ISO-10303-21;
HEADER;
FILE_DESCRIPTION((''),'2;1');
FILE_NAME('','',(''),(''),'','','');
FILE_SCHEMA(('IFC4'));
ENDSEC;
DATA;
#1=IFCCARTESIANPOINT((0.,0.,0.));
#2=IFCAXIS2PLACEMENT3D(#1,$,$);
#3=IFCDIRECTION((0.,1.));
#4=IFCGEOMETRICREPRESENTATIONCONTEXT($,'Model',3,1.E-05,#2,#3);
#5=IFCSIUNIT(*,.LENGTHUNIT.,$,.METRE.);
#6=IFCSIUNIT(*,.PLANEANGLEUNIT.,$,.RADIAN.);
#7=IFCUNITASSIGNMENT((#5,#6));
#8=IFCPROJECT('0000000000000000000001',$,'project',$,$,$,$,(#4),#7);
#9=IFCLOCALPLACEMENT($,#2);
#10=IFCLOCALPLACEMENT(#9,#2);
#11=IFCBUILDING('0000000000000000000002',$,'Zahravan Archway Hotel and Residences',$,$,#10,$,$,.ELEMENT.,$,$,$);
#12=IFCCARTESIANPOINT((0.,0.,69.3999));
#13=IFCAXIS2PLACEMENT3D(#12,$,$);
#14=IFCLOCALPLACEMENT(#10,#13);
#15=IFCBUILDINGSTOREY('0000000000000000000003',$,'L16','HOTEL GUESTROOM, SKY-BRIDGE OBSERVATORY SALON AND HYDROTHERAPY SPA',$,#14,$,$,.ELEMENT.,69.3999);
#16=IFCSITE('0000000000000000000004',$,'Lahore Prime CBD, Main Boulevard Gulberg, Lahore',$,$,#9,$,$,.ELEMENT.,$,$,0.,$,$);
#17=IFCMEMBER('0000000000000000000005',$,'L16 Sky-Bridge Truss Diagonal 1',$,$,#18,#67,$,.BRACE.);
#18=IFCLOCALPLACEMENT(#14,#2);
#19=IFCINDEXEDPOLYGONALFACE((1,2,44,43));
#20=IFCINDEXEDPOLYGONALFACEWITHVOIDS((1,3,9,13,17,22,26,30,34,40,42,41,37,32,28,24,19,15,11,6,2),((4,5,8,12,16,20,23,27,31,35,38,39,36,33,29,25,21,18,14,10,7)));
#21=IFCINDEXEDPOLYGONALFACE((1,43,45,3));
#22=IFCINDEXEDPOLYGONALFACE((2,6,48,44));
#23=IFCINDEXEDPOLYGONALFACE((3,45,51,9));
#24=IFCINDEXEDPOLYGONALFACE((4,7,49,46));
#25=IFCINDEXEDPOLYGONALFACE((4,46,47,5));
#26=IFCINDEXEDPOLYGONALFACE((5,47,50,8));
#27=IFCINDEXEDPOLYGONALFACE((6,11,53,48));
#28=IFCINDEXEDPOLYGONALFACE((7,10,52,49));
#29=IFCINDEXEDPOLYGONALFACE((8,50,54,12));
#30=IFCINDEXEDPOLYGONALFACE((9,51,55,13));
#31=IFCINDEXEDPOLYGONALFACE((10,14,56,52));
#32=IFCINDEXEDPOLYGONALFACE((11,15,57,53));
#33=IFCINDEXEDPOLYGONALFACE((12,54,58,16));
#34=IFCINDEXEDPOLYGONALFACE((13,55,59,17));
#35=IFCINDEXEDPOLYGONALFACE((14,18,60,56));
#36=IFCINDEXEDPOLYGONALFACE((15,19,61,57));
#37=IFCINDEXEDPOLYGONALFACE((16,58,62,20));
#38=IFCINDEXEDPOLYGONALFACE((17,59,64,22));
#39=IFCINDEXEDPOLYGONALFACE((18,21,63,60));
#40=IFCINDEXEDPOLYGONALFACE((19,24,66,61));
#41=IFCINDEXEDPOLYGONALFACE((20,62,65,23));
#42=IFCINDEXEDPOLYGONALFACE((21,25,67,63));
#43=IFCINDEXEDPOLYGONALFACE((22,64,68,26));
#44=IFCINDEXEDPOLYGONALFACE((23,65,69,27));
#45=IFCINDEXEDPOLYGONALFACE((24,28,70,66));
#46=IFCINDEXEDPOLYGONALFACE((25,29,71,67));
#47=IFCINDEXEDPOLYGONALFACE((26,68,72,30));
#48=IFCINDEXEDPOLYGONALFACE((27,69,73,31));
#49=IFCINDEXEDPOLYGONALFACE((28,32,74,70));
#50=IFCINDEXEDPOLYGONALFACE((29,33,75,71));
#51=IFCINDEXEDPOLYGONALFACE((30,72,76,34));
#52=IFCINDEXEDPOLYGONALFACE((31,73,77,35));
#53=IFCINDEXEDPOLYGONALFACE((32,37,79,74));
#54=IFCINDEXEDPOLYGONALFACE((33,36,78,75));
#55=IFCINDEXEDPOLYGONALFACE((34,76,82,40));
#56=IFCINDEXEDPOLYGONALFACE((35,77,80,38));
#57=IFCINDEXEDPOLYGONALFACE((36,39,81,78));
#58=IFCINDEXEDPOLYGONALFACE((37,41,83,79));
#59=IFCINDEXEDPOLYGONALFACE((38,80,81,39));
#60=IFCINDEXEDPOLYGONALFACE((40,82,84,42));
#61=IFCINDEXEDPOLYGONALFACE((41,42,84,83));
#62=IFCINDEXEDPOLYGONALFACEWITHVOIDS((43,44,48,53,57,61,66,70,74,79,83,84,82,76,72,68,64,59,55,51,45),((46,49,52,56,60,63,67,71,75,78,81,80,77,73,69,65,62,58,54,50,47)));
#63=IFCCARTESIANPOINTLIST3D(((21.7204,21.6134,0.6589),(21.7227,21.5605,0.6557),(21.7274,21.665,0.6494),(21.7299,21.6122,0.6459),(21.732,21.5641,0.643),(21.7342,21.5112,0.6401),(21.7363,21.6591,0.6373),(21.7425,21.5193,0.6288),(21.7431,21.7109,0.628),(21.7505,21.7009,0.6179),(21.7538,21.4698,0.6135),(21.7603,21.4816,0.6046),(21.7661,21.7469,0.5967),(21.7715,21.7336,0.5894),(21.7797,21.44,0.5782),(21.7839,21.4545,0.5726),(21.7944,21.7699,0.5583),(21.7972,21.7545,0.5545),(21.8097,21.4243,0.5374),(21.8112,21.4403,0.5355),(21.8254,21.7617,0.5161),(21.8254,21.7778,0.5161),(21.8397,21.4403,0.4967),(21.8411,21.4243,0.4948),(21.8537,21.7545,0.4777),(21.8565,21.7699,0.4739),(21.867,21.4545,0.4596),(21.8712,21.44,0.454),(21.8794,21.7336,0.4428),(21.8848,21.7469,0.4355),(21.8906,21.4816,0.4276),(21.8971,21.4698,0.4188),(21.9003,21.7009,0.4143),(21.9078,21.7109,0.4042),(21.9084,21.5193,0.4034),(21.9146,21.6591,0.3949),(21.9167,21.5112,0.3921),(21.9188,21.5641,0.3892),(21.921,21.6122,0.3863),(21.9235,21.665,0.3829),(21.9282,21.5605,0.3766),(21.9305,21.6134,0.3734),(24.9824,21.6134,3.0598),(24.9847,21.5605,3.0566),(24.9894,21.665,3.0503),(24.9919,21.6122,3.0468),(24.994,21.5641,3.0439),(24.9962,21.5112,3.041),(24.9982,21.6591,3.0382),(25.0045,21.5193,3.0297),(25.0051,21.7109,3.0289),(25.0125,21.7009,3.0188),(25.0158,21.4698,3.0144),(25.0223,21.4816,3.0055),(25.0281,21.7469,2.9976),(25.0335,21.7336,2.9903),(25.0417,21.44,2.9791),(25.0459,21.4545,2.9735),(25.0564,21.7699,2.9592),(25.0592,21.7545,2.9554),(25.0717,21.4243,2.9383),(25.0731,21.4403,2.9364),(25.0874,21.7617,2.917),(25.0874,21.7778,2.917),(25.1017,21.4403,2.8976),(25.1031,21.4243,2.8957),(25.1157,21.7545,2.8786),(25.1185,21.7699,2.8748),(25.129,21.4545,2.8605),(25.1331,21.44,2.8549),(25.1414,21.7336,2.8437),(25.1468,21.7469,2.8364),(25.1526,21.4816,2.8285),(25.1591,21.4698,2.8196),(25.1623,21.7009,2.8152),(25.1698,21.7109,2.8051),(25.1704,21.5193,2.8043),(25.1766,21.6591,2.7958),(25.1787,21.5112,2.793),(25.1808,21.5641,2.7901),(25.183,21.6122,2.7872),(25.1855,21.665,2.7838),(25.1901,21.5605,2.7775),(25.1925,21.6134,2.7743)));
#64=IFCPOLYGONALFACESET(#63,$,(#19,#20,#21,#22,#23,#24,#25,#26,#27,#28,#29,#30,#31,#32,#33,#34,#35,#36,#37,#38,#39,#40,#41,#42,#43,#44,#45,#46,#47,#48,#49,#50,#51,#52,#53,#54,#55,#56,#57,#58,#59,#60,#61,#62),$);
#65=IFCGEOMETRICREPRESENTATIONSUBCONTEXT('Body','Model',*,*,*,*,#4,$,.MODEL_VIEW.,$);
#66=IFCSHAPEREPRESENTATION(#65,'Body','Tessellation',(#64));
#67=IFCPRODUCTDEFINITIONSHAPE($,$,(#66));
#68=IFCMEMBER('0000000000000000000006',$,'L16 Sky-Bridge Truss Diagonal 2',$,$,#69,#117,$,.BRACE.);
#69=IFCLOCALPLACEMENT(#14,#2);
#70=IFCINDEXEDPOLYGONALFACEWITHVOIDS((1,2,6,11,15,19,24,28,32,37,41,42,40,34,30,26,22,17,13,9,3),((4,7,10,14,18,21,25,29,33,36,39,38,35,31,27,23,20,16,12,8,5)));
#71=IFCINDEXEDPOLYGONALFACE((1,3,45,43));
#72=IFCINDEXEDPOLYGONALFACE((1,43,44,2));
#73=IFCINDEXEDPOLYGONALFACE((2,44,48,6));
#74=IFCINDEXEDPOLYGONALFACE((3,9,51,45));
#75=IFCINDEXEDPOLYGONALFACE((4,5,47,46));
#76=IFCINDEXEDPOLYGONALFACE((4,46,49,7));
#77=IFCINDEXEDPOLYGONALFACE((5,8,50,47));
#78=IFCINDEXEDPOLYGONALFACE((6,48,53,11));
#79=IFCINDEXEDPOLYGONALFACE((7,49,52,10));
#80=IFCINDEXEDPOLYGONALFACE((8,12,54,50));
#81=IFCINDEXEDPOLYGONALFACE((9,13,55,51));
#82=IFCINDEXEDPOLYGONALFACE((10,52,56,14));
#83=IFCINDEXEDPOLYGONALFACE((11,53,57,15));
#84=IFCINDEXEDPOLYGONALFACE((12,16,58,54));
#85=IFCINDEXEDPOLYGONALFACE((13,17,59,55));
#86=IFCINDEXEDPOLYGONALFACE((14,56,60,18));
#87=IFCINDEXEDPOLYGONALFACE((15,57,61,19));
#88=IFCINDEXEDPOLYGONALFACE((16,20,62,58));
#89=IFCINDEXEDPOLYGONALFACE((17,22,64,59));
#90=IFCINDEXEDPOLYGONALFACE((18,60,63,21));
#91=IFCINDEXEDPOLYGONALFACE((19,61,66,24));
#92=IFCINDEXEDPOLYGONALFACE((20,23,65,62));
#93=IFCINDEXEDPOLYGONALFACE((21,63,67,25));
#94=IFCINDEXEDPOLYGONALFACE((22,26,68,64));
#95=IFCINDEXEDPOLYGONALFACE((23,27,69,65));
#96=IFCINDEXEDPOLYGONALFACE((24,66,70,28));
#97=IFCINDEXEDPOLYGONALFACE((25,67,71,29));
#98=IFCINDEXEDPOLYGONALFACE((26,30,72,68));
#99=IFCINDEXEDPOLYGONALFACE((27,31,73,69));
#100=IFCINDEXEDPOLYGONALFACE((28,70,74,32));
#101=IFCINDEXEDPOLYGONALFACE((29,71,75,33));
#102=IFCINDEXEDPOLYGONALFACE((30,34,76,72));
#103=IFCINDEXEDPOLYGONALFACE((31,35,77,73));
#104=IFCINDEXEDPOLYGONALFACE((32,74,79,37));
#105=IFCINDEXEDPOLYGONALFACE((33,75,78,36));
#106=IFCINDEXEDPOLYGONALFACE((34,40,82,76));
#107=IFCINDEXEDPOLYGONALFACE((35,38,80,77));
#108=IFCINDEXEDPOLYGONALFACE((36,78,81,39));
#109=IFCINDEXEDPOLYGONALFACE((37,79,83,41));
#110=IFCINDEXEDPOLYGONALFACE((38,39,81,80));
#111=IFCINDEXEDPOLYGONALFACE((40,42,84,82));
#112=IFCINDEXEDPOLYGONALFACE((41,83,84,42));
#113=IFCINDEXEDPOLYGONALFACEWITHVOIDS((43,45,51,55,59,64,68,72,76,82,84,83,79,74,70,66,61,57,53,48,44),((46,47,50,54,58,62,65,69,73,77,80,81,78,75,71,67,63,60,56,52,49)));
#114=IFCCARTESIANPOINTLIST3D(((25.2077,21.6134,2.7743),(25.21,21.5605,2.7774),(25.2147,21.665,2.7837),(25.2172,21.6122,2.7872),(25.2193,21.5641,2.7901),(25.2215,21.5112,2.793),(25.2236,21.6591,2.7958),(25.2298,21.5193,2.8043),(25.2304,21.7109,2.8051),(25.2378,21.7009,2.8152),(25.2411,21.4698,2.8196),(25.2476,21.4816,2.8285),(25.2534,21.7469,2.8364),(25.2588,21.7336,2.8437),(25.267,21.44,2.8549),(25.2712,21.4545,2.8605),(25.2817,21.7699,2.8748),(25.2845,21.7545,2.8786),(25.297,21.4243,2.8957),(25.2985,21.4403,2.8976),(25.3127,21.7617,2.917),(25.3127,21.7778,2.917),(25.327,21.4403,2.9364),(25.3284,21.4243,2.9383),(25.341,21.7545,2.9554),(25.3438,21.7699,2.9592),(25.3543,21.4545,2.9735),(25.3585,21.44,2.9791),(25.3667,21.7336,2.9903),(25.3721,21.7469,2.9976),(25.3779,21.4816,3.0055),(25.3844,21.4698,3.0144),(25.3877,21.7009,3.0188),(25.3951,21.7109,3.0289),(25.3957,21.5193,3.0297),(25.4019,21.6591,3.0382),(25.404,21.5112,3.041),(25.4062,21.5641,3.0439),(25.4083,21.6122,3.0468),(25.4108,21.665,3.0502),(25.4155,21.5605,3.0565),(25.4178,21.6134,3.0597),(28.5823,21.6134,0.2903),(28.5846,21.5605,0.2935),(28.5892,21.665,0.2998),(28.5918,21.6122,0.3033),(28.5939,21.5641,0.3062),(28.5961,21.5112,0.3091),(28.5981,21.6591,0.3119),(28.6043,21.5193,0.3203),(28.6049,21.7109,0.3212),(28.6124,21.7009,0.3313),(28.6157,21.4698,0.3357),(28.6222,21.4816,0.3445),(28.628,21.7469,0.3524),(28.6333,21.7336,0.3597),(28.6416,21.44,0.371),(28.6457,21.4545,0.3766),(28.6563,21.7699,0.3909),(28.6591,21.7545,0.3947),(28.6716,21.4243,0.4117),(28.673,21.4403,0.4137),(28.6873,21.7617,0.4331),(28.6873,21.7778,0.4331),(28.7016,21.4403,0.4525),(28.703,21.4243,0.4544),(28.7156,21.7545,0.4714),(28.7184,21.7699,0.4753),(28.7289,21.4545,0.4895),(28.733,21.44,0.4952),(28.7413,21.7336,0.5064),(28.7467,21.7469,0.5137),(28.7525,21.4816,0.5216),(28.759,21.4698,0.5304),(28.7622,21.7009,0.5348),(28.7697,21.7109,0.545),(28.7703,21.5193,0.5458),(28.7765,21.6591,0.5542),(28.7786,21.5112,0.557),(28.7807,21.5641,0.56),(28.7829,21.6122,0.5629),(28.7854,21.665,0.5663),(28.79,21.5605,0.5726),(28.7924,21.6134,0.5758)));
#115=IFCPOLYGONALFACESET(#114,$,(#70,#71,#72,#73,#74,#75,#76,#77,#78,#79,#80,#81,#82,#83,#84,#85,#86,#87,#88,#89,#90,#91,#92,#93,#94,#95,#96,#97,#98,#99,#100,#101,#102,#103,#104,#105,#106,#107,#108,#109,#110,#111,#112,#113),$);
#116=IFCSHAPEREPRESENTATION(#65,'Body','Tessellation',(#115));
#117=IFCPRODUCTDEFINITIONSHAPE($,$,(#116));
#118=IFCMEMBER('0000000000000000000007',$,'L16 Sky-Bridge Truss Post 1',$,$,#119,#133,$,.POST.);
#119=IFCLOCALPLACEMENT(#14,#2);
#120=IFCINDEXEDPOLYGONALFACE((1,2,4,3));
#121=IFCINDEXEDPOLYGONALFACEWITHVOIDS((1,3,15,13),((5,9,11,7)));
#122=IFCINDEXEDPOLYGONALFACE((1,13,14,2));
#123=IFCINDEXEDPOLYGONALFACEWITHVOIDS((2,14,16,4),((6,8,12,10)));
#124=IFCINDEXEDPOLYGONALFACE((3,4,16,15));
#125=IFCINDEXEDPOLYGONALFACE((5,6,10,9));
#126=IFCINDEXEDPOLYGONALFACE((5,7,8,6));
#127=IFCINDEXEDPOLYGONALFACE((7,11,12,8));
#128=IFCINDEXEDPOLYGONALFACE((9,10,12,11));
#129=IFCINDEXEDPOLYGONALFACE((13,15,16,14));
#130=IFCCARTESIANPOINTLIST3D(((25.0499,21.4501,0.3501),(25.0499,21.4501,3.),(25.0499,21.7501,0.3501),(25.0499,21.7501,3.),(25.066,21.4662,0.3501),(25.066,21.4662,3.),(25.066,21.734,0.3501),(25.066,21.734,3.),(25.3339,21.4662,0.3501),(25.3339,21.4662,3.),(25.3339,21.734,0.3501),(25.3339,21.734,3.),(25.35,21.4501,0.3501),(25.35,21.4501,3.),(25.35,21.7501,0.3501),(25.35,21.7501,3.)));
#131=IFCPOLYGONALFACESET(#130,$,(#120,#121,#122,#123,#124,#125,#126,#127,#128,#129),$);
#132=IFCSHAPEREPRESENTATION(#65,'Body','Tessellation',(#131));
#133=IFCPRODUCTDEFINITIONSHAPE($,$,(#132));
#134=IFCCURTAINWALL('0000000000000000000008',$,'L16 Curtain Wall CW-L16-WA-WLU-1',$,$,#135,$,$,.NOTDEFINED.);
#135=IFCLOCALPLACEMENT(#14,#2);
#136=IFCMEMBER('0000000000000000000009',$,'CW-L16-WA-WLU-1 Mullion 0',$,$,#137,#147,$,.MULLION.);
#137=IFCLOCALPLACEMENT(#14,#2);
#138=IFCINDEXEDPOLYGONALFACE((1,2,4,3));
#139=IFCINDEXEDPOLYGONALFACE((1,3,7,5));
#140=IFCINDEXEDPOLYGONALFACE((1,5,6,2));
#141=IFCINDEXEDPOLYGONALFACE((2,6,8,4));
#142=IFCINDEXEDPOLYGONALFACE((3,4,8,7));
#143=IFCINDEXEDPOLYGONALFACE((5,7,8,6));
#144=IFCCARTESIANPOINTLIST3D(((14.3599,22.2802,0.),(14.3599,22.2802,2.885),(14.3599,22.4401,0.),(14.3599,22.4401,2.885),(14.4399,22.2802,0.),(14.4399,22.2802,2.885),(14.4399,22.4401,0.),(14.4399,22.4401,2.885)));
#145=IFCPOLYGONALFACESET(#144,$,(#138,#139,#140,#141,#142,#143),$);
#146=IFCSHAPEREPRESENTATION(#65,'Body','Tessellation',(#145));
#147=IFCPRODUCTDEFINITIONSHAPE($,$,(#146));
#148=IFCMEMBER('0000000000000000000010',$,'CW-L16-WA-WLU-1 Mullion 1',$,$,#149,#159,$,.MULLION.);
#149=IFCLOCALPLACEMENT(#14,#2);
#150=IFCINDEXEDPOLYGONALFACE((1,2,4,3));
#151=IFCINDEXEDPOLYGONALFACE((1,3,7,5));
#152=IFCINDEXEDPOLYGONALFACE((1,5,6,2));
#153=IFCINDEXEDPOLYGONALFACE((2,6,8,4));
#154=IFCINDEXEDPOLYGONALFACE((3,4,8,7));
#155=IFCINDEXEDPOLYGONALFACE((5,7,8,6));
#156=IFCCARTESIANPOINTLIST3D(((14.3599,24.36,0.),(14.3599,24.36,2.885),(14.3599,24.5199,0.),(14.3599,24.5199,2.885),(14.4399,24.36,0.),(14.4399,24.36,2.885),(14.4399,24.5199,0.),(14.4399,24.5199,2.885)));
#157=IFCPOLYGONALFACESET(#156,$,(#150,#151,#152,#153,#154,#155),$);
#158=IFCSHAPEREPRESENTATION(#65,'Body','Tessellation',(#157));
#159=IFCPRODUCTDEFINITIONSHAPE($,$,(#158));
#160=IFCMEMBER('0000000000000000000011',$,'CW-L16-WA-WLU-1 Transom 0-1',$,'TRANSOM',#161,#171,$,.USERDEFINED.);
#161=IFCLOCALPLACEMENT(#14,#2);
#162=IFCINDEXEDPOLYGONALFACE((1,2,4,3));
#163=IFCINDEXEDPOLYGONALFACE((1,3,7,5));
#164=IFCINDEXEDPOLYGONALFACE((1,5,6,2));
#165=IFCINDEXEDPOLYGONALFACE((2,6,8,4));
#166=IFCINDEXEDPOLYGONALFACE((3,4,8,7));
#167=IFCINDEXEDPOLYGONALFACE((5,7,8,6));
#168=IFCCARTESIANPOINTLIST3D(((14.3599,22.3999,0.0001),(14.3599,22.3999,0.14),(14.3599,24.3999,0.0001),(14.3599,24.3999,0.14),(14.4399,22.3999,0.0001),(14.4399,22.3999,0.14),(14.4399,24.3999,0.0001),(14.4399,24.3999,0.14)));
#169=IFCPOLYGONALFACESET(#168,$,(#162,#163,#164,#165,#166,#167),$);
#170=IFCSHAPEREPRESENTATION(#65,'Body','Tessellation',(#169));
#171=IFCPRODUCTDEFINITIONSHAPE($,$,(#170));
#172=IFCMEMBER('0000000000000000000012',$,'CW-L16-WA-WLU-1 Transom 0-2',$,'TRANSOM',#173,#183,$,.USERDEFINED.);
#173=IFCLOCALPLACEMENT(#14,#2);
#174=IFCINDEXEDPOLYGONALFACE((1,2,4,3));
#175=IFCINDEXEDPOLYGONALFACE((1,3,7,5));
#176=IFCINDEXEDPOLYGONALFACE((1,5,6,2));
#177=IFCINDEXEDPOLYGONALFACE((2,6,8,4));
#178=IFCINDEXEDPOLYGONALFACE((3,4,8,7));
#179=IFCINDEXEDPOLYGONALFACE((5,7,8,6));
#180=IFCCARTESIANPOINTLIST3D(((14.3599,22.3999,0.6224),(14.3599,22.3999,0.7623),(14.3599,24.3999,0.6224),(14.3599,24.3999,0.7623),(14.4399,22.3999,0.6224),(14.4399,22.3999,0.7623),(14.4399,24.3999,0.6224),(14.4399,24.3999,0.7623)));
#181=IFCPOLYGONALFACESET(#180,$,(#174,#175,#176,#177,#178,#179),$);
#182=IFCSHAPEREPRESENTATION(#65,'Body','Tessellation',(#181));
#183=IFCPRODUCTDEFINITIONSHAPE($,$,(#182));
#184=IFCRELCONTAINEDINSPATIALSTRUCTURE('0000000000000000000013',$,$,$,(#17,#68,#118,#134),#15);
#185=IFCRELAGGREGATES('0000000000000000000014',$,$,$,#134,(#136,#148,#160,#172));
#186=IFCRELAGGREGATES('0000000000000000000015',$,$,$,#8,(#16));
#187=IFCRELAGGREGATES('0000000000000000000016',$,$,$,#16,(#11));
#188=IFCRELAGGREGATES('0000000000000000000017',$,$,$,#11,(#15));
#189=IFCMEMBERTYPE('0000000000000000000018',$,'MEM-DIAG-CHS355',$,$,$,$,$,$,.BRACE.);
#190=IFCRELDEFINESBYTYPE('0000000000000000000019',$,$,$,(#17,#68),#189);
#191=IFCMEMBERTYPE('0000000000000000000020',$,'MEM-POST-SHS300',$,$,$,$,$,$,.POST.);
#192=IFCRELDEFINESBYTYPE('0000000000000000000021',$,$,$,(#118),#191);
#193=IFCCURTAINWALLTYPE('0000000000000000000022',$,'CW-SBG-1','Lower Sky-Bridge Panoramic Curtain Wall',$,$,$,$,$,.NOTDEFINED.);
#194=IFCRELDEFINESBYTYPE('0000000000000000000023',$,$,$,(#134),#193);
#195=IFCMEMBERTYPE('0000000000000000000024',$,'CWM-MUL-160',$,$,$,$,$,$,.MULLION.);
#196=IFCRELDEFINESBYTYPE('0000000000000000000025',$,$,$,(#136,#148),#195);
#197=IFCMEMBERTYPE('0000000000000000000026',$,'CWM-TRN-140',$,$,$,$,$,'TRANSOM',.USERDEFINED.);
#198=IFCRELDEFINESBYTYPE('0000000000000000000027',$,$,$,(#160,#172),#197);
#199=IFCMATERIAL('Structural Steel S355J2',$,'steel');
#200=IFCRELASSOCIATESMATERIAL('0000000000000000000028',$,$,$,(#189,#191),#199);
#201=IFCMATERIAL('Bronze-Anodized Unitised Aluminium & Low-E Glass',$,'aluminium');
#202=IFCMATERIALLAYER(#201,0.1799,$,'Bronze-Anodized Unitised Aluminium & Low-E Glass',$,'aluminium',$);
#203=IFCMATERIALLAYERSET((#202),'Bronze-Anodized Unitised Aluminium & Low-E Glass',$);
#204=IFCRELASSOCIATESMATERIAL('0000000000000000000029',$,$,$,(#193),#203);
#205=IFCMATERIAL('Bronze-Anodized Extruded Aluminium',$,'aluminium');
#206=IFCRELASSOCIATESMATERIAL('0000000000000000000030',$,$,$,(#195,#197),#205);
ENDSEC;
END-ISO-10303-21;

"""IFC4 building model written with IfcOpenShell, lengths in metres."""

from ifc_helpers import new_model, si_unit, direction, frame, origin, origin_2d, place, context, subcontext, project, spatial, rectangle, hollow_rectangle, hollow_circle, extrude, source, transform, mapped, material, layer, layer_set, material_profile, profile_set, type_object, type_shapes, element, aggregate, save


model = new_model("IFC4")

# Units and contexts
model_context = context("Model", 3, precision=1e-05, world=origin(), true_north=direction((0.0, 1.0)))
body_context = subcontext(model_context, "Body", "Model", "MODEL_VIEW")
ifc_project = project(units=[si_unit("LENGTHUNIT", "METRE"), si_unit("PLANEANGLEUNIT", "RADIAN")], contexts=[model_context])

# Site, building, storey
site_placement = place(None, origin())
site = spatial("IfcSite", under=ifc_project, at=site_placement, Name="Lahore Prime CBD, Main Boulevard Gulberg, Lahore", CompositionType="ELEMENT", RefElevation=0.0)
building_placement = place(site_placement, origin())
building = spatial("IfcBuilding", under=site, at=building_placement, Name="Zahravan Archway Hotel and Residences", CompositionType="ELEMENT")
storey_placement = place(building_placement, frame((0.0, 0.0, 69.3999)))
storey = spatial("IfcBuildingStorey", under=building, at=storey_placement, Name="L16", Description="HOTEL GUESTROOM, SKY-BRIDGE OBSERVATORY SALON AND HYDROTHERAPY SPA", CompositionType="ELEMENT", Elevation=69.3999)

# Members
ifc_material_1 = material(Name="Structural Steel S355J2", Category="steel")
ifc_material_profile_1 = material_profile(ifc_material_1, hollow_circle(Radius=0.1777, WallThickness=0.0161, at=origin_2d()), Name="CHS 355.6x16", Category="steel")
ifc_profile_set_1 = profile_set([ifc_material_profile_1], Name="Structural Steel S355J2")
member_type_1 = type_object("IfcMemberType", Name="MEM-DIAG-CHS355", PredefinedType="BRACE", material=ifc_profile_set_1)
shared_shape_1 = source(origin(), body_context, "Body", "SweptSolid", [
    extrude(hollow_circle(Radius=0.1777, WallThickness=0.0161, at=origin_2d()), origin(), (0.0, 0.0, 1.0), 4.0503),
])
type_shapes(member_type_1, [shared_shape_1])
member_1_placement = place(storey_placement, frame((21.8254, 21.6001, 0.5161), z_axis=(0.805371, 0.0, 0.592771), x_axis=(0.0, 1.0, 0.0)))
element("IfcMember", 1, at=member_1_placement, inside=storey, type_object=member_type_1, Name="L16 Sky-Bridge Truss Diagonal 1", PredefinedType="BRACE", context=body_context, shape_type="MappedRepresentation", body=[
    mapped(shared_shape_1, transform((0.0, 0.0, 0.0), scale=1.0)),
])
shared_shape_2 = source(origin(), body_context, "Body", "SweptSolid", [
    extrude(hollow_circle(Radius=0.1777, WallThickness=0.0161, at=origin_2d()), origin(), (0.0, 0.0, 1.0), 4.1902),
])
member_2_placement = place(storey_placement, frame((25.3127, 21.6001, 2.917), z_axis=(0.805352, 0.0, -0.592797), x_axis=(0.0, 1.0, 0.0)))
element("IfcMember", 2, at=member_2_placement, inside=storey, type_object=member_type_1, Name="L16 Sky-Bridge Truss Diagonal 2", PredefinedType="BRACE", context=body_context, shape_type="MappedRepresentation", body=[
    mapped(shared_shape_2, transform((0.0, 0.0, 0.0), scale=1.0)),
])
ifc_material_profile_2 = material_profile(ifc_material_1, hollow_rectangle(XDim=0.3, YDim=0.3, WallThickness=0.0161, at=origin_2d()), Name="SHS 300x300x16", Category="steel")
ifc_profile_set_2 = profile_set([ifc_material_profile_2], Name="Structural Steel S355J2")
member_type_2 = type_object("IfcMemberType", Name="MEM-POST-SHS300", PredefinedType="POST", material=ifc_profile_set_2)
shared_shape_3 = source(origin(), body_context, "Body", "SweptSolid", [
    extrude(hollow_rectangle(XDim=0.3, YDim=0.3, WallThickness=0.0161, at=origin_2d()), origin(), (0.0, 0.0, 1.0), 2.6499),
])
type_shapes(member_type_2, [shared_shape_3])
member_3_placement = place(storey_placement, frame((25.2, 21.6001, 0.3501), z_axis=(0.0, 0.0, 1.0), x_axis=(1.0, 0.0, 0.0)))
element("IfcMember", 3, at=member_3_placement, inside=storey, type_object=member_type_2, Name="L16 Sky-Bridge Truss Post 1", PredefinedType="POST", context=body_context, shape_type="MappedRepresentation", body=[
    mapped(shared_shape_3, transform((0.0, 0.0, 0.0), scale=1.0)),
])

# Curtain wall, members
ifc_material_2 = material(Name="Bronze-Anodized Unitised Aluminium & Low-E Glass", Category="aluminium")
ifc_layer_1 = layer(ifc_material_2, 0.1799, Name="Bronze-Anodized Unitised Aluminium & Low-E Glass", Category="aluminium")
ifc_layer_set_1 = layer_set([ifc_layer_1], Name="Bronze-Anodized Unitised Aluminium & Low-E Glass")
curtain_wall_type = type_object("IfcCurtainWallType", Name="CW-SBG-1", Description="Lower Sky-Bridge Panoramic Curtain Wall", PredefinedType="NOTDEFINED", material=ifc_layer_set_1)
curtain_wall_placement = place(storey_placement, origin())
curtain_wall = element("IfcCurtainWall", 4, at=curtain_wall_placement, inside=storey, type_object=curtain_wall_type, Name="L16 Curtain Wall CW-L16-WA-WLU-1", PredefinedType="NOTDEFINED")
ifc_material_3 = material(Name="Bronze-Anodized Extruded Aluminium", Category="aluminium")
ifc_material_profile_3 = material_profile(ifc_material_3, rectangle(XDim=0.0801, YDim=0.1599, at=origin_2d()), Name="MUL 80x160", Category="aluminium")
ifc_profile_set_3 = profile_set([ifc_material_profile_3], Name="Bronze-Anodized Extruded Aluminium")
member_type_3 = type_object("IfcMemberType", Name="CWM-MUL-160", PredefinedType="MULLION", material=ifc_profile_set_3)
shared_shape_4 = source(origin(), body_context, "Body", "SweptSolid", [
    extrude(rectangle(XDim=0.0801, YDim=0.1599, at=origin_2d()), origin(), (0.0, 0.0, 1.0), 2.885),
])
member_4_placement = place(storey_placement, frame((14.3999, 22.3601, 0.0), z_axis=(0.0, 0.0, 1.0), x_axis=(1.0, 0.0, 0.0)))
member_4 = element("IfcMember", 5, at=member_4_placement, type_object=member_type_3, Name="CW-L16-WA-WLU-1 Mullion 0", PredefinedType="MULLION", context=body_context, shape_type="MappedRepresentation", body=[
    mapped(shared_shape_4, transform((0.0, 0.0, 0.0), scale=1.0)),
])
member_5_placement = place(storey_placement, frame((14.3999, 24.4399, 0.0), z_axis=(0.0, 0.0, 1.0), x_axis=(1.0, 0.0, 0.0)))
member_5 = element("IfcMember", 6, at=member_5_placement, type_object=member_type_3, Name="CW-L16-WA-WLU-1 Mullion 1", PredefinedType="MULLION", context=body_context, shape_type="MappedRepresentation", body=[
    mapped(shared_shape_4, transform((0.0, 0.0, 0.0), scale=1.0)),
])
ifc_material_profile_4 = material_profile(ifc_material_3, rectangle(XDim=0.0801, YDim=0.1399, at=origin_2d()), Name="TRN 80x140", Category="aluminium")
ifc_profile_set_4 = profile_set([ifc_material_profile_4], Name="Bronze-Anodized Extruded Aluminium")
member_type_4 = type_object("IfcMemberType", Name="CWM-TRN-140", ElementType="TRANSOM", PredefinedType="USERDEFINED", material=ifc_profile_set_4)
shared_shape_5 = source(origin(), body_context, "Body", "SweptSolid", [
    extrude(rectangle(XDim=0.0801, YDim=0.1399, at=origin_2d()), origin(), (0.0, 0.0, 1.0), 2.0),
])
member_6_placement = place(storey_placement, frame((14.3999, 22.3999, 0.0701), z_axis=(0.0, 1.0, 0.0), x_axis=(-1.0, 0.0, 0.0)))
member_6 = element("IfcMember", 7, at=member_6_placement, type_object=member_type_4, Name="CW-L16-WA-WLU-1 Transom 0-1", ObjectType="TRANSOM", PredefinedType="USERDEFINED", context=body_context, shape_type="MappedRepresentation", body=[
    mapped(shared_shape_5, transform((0.0, 0.0, 0.0), scale=1.0)),
])
member_7_placement = place(storey_placement, frame((14.3999, 22.3999, 0.6924), z_axis=(0.0, 1.0, 0.0), x_axis=(-1.0, 0.0, 0.0)))
member_7 = element("IfcMember", 8, at=member_7_placement, type_object=member_type_4, Name="CW-L16-WA-WLU-1 Transom 0-2", ObjectType="TRANSOM", PredefinedType="USERDEFINED", context=body_context, shape_type="MappedRepresentation", body=[
    mapped(shared_shape_5, transform((0.0, 0.0, 0.0), scale=1.0)),
])

aggregate(curtain_wall, [member_4, member_5, member_6, member_7])

save(model, "model.ifc")
